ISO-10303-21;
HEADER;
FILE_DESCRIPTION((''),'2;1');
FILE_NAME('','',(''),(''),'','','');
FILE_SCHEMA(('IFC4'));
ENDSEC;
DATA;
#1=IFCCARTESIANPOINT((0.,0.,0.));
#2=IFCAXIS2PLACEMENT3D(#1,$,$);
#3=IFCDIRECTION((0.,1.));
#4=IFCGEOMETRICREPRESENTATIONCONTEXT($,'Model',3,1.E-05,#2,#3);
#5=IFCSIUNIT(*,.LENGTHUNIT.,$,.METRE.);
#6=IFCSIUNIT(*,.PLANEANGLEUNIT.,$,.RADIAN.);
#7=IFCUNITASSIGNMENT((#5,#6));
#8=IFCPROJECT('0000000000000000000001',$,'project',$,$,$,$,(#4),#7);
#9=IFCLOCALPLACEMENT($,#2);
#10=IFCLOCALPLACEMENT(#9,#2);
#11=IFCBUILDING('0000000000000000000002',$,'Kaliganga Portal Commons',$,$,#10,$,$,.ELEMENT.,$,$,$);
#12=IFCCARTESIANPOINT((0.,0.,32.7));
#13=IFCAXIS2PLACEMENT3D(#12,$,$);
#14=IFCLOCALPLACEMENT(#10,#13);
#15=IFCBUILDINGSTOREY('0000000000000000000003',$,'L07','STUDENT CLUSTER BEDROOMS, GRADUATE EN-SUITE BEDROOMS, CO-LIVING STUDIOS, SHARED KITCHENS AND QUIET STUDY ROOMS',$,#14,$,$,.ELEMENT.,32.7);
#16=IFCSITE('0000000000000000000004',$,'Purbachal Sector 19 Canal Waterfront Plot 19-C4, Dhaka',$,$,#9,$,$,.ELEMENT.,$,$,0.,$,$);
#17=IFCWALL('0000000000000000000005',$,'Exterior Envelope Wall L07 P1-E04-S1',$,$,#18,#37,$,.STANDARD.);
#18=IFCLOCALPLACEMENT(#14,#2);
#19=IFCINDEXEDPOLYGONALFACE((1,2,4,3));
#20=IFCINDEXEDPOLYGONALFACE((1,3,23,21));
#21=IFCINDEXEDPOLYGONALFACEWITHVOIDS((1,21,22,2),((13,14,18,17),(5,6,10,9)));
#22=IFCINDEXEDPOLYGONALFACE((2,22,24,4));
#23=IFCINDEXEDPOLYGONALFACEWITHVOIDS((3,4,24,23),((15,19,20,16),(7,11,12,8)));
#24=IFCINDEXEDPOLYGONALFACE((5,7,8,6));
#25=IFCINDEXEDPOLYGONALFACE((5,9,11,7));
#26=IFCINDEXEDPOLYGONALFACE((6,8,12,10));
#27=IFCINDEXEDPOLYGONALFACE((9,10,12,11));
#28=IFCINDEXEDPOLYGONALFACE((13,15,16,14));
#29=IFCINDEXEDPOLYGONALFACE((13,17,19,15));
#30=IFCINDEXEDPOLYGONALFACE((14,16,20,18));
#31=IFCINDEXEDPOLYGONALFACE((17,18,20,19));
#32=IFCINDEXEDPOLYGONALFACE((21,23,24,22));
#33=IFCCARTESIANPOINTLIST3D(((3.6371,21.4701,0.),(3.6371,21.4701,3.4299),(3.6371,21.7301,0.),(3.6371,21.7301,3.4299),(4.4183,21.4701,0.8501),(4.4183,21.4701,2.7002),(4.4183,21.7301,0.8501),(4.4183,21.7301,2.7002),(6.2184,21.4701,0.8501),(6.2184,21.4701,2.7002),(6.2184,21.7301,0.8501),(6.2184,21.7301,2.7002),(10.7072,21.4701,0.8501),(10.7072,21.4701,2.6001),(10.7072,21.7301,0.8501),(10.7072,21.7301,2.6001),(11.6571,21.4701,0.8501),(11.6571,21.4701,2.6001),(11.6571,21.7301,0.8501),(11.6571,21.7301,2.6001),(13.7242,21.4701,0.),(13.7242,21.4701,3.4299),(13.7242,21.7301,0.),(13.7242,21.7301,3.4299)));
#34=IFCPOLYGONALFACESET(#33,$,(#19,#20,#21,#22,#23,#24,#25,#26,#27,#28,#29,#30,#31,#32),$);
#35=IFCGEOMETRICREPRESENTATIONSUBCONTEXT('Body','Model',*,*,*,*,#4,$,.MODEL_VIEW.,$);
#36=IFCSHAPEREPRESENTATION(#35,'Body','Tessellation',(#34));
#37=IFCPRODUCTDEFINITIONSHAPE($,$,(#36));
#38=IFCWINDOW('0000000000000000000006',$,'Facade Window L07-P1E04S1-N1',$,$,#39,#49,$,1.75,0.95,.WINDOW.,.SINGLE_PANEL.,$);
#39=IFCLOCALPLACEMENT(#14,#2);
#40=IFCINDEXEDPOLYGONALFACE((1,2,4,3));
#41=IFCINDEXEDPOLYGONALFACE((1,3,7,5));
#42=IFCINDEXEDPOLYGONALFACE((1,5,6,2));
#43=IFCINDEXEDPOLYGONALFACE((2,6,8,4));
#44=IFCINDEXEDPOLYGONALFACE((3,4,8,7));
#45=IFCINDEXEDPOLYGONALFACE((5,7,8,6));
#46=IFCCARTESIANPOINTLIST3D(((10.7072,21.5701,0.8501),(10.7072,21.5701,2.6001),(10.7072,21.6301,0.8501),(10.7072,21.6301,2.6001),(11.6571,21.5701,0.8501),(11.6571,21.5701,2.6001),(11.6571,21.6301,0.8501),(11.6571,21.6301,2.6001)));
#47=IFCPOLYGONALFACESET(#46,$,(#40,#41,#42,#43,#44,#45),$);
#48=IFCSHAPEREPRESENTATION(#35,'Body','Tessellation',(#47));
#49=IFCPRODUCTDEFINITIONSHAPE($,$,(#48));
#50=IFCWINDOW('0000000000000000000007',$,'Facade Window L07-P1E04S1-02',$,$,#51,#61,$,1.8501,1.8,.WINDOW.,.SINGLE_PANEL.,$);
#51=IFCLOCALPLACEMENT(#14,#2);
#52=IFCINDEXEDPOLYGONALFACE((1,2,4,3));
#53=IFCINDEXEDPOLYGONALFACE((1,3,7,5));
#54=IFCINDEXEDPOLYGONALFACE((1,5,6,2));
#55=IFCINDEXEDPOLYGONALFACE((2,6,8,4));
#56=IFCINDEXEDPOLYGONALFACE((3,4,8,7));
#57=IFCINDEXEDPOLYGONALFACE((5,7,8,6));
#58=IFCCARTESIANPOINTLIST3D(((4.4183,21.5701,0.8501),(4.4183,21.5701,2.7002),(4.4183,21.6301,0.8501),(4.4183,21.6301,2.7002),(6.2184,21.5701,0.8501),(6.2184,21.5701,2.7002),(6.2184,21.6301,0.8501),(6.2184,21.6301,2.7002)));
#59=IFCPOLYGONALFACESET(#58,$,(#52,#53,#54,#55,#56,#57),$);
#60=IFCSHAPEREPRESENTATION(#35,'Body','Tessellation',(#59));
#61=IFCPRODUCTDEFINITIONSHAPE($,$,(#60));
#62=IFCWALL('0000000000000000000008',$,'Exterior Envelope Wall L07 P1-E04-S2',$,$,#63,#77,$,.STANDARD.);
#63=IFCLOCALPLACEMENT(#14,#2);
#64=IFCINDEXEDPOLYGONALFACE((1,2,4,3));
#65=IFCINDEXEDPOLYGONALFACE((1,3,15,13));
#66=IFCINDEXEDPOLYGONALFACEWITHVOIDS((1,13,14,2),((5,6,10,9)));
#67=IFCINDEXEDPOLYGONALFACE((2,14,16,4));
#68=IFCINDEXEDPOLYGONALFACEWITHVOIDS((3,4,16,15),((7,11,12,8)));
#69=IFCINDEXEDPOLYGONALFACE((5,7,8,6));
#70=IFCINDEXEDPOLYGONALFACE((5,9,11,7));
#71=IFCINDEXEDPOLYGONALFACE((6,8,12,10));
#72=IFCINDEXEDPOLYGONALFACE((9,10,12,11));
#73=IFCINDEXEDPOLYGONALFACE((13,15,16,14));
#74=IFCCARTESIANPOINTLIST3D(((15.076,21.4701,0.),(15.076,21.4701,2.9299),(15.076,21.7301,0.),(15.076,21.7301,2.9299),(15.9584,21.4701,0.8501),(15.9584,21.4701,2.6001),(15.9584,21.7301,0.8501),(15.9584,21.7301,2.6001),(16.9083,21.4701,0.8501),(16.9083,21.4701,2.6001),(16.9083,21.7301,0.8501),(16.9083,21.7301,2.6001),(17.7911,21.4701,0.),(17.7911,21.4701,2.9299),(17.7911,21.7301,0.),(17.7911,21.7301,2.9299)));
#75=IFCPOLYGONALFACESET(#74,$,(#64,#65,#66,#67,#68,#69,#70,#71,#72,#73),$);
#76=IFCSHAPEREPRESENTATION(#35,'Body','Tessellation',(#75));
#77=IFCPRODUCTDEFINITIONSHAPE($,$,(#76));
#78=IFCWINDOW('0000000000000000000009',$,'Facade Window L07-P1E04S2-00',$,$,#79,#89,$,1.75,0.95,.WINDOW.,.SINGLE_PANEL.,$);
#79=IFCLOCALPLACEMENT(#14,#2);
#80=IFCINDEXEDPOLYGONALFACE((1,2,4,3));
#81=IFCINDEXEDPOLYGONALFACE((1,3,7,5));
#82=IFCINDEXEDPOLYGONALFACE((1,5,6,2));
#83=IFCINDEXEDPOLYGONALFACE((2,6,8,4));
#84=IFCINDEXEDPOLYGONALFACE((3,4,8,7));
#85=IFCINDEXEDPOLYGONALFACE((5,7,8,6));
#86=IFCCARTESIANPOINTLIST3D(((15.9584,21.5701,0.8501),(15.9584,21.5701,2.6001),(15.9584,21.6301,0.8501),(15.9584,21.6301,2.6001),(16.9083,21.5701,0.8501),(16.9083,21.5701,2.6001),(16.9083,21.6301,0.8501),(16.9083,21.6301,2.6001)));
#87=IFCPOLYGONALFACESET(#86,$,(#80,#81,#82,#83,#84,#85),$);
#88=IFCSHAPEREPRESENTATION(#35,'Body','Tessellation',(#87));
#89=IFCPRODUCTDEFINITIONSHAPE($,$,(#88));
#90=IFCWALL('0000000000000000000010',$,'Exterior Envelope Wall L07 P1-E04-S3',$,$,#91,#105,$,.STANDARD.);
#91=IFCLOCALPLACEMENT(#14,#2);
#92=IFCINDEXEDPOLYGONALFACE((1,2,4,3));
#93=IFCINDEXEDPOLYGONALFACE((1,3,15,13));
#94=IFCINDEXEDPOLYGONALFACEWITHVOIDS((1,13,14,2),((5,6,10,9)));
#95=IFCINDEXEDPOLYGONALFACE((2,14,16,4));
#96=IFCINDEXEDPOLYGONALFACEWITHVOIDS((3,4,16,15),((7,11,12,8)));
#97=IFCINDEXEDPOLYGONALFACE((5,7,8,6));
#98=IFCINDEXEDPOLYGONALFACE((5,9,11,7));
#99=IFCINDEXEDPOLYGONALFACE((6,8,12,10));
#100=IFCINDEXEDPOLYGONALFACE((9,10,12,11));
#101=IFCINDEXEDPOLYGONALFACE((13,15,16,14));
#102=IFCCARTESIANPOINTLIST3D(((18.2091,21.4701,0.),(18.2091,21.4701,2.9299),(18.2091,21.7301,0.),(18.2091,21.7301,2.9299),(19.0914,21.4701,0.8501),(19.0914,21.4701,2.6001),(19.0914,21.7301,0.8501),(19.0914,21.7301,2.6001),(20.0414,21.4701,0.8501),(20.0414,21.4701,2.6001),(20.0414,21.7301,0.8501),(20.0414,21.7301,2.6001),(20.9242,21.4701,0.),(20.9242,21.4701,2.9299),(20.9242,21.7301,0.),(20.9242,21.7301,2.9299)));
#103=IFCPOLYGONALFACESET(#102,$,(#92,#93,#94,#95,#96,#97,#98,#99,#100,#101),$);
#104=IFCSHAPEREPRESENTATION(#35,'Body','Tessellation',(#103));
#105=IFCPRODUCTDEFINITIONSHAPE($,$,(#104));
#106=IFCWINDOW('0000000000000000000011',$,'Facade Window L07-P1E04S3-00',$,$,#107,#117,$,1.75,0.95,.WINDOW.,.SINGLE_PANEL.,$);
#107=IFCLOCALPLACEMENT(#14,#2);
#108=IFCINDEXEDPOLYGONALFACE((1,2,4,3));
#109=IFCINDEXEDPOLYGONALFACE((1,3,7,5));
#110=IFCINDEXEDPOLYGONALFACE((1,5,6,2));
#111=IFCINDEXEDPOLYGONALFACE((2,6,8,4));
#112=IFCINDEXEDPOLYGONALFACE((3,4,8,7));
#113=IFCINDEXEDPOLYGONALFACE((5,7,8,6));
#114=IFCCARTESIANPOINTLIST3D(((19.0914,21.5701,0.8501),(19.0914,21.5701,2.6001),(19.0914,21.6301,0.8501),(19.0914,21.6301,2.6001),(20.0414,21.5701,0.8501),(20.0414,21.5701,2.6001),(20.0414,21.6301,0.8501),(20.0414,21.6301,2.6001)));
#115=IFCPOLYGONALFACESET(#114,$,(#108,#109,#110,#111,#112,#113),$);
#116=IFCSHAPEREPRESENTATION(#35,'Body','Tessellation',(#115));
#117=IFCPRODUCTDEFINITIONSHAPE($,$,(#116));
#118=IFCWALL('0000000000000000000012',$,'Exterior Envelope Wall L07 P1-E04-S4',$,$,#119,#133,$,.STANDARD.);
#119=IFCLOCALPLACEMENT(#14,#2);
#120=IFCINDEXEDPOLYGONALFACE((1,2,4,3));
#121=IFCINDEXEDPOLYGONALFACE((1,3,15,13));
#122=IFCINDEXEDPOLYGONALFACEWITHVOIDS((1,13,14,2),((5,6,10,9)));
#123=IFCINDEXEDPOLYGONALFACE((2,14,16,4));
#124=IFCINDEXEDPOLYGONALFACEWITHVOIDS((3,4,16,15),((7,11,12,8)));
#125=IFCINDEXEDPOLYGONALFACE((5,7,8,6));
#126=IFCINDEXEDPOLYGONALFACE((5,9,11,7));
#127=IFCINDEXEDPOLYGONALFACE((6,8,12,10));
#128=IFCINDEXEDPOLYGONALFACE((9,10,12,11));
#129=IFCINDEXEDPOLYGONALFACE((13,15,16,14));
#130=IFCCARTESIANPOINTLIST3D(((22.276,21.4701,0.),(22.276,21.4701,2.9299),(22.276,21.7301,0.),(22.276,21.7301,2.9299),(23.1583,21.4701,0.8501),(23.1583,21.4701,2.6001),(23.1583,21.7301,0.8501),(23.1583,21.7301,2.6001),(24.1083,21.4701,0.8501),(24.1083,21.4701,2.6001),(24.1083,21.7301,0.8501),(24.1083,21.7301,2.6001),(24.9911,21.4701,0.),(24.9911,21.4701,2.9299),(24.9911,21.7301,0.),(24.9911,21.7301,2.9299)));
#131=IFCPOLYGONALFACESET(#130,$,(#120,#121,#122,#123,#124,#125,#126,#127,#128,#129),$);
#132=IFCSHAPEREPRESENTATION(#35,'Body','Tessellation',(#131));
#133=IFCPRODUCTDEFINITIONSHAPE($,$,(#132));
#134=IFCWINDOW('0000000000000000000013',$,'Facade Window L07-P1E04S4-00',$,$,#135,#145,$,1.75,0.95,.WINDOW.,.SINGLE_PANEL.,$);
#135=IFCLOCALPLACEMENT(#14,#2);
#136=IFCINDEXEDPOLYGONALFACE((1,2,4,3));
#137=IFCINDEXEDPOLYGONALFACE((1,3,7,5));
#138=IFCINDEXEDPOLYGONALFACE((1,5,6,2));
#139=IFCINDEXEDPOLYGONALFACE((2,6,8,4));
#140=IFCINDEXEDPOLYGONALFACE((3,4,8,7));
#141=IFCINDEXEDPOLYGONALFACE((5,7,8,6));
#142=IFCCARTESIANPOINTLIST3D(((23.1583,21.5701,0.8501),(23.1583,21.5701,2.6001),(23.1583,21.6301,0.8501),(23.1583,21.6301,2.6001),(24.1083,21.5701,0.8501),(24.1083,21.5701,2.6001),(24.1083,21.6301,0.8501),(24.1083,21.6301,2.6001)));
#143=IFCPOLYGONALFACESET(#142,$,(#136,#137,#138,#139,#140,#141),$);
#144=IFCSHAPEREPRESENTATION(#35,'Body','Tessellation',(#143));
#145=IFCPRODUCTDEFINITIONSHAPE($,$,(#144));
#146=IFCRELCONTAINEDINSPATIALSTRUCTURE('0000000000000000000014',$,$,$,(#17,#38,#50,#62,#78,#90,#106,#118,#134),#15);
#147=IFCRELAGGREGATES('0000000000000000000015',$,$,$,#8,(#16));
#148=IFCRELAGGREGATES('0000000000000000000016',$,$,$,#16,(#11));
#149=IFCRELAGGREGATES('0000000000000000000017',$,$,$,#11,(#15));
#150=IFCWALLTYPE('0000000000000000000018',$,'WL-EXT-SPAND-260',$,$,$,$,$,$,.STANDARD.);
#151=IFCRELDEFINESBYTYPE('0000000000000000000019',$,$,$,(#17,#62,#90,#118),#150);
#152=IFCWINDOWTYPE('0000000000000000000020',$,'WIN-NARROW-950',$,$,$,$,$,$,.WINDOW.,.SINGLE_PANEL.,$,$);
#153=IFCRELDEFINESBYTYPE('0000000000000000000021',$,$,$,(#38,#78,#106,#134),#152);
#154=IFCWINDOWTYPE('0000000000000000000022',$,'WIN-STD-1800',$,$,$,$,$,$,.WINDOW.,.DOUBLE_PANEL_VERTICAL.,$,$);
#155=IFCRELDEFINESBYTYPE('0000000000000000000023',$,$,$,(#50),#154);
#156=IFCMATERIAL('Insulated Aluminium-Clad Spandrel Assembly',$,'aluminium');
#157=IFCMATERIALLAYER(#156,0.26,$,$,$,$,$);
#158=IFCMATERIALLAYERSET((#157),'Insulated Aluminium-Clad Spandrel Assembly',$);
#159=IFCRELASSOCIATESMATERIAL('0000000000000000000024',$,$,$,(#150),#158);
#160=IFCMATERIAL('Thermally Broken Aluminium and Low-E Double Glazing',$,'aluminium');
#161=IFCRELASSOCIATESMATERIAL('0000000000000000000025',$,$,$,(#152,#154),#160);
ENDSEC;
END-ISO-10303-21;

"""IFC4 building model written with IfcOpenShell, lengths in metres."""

from ifc_helpers import new_model, si_unit, direction, frame, frame_2d, origin, place, context, subcontext, project, spatial, rectangle, extrude, material, layer, layer_set, type_object, element, fill, save


model = new_model("IFC4")

# Units and contexts
model_context = context("Model", 3, precision=1e-05, world=origin(), true_north=direction((0.0, 1.0)))
body_context = subcontext(model_context, "Body", "Model", "MODEL_VIEW")
ifc_project = project(units=[si_unit("LENGTHUNIT", "METRE"), si_unit("PLANEANGLEUNIT", "RADIAN")], contexts=[model_context])

# Site, building, storey
site_placement = place(None, origin())
site = spatial("IfcSite", under=ifc_project, at=site_placement, Name="Purbachal Sector 19 Canal Waterfront Plot 19-C4, Dhaka", CompositionType="ELEMENT", RefElevation=0.0)
building_placement = place(site_placement, origin())
building = spatial("IfcBuilding", under=site, at=building_placement, Name="Kaliganga Portal Commons", CompositionType="ELEMENT")
storey_placement = place(building_placement, frame((0.0, 0.0, 32.7)))
storey = spatial("IfcBuildingStorey", under=building, at=storey_placement, Name="L07", Description="STUDENT CLUSTER BEDROOMS, GRADUATE EN-SUITE BEDROOMS, CO-LIVING STUDIOS, SHARED KITCHENS AND QUIET STUDY ROOMS", CompositionType="ELEMENT", Elevation=32.7)

# Wall, openings, windows
ifc_material_1 = material(Name="Insulated Aluminium-Clad Spandrel Assembly", Category="aluminium")
ifc_layer_1 = layer(ifc_material_1, 0.26)
ifc_layer_set_1 = layer_set([ifc_layer_1], Name="Insulated Aluminium-Clad Spandrel Assembly")
wall_type_1 = type_object("IfcWallType", Name="WL-EXT-SPAND-260", PredefinedType="STANDARD", material=ifc_layer_set_1)
wall_1_placement = place(storey_placement, frame((13.7241, 21.6001, 0.0), z_axis=(0.0, 0.0, 1.0), x_axis=(-1.0, 0.0, 0.0)))
wall_1 = element("IfcWall", 1, at=wall_1_placement, inside=storey, type_object=wall_type_1, Name="Exterior Envelope Wall L07 P1-E04-S1", PredefinedType="STANDARD", context=body_context, shape_type="SweptSolid", body=[
    extrude(rectangle(XDim=10.0872, YDim=0.26, at=frame_2d((5.0435, 0.0))), origin(), (0.0, 0.0, 1.0), 3.4299),
])
opening_1_placement = place(wall_1_placement, frame((7.5059, 0.0, 0.8501)))
opening_1 = element("IfcOpeningElement", 2, at=opening_1_placement, cuts=wall_1, PredefinedType="OPENING", context=body_context, shape_type="SweptSolid", body=[
    extrude(rectangle(XDim=1.8, YDim=1.8501, at=frame_2d((0.8999, 0.925))), frame((0.0, 0.1401, 0.0), z_axis=(0.0, -1.0, 0.0), x_axis=(1.0, 0.0, 0.0)), (0.0, 0.0, 1.0), 0.28),
])
opening_2_placement = place(wall_1_placement, frame((2.0669, 0.0, 0.8501)))
opening_2 = element("IfcOpeningElement", 3, at=opening_2_placement, cuts=wall_1, PredefinedType="OPENING", context=body_context, shape_type="SweptSolid", body=[
    extrude(rectangle(XDim=0.95, YDim=1.75, at=frame_2d((0.4751, 0.875))), frame((0.0, 0.1401, 0.0), z_axis=(0.0, -1.0, 0.0), x_axis=(1.0, 0.0, 0.0)), (0.0, 0.0, 1.0), 0.28),
])
ifc_material_2 = material(Name="Thermally Broken Aluminium and Low-E Double Glazing", Category="aluminium")
window_type_1 = type_object("IfcWindowType", Name="WIN-NARROW-950", PartitioningType="SINGLE_PANEL", PredefinedType="WINDOW", material=ifc_material_2)
window_1_placement = place(opening_2_placement, origin())
window_1 = element("IfcWindow", 4, at=window_1_placement, inside=storey, type_object=window_type_1, Name="Facade Window L07-P1E04S1-N1", OverallHeight=1.75, OverallWidth=0.95, PartitioningType="SINGLE_PANEL", PredefinedType="WINDOW", context=body_context, shape_type="SweptSolid", body=[
    extrude(rectangle(XDim=0.95, YDim=1.75, at=frame_2d((0.4751, 0.875))), frame((0.0, 0.03, 0.0), z_axis=(0.0, -1.0, 0.0), x_axis=(1.0, 0.0, 0.0)), (0.0, 0.0, 1.0), 0.0601),
])
fill(opening_2, window_1)
window_type_2 = type_object("IfcWindowType", Name="WIN-STD-1800", PartitioningType="DOUBLE_PANEL_VERTICAL", PredefinedType="WINDOW", material=ifc_material_2)
window_2_placement = place(opening_1_placement, origin())
window_2 = element("IfcWindow", 5, at=window_2_placement, inside=storey, type_object=window_type_2, Name="Facade Window L07-P1E04S1-02", OverallHeight=1.8501, OverallWidth=1.8, PartitioningType="SINGLE_PANEL", PredefinedType="WINDOW", context=body_context, shape_type="SweptSolid", body=[
    extrude(rectangle(XDim=1.8, YDim=1.8501, at=frame_2d((0.8999, 0.925))), frame((0.0, 0.03, 0.0), z_axis=(0.0, -1.0, 0.0), x_axis=(1.0, 0.0, 0.0)), (0.0, 0.0, 1.0), 0.0601),
])
fill(opening_1, window_2)

# Walls, openings, windows
wall_2_placement = place(storey_placement, frame((17.791, 21.6001, 0.0), z_axis=(0.0, 0.0, 1.0), x_axis=(-1.0, 0.0, 0.0)))
wall_2 = element("IfcWall", 6, at=wall_2_placement, inside=storey, type_object=wall_type_1, Name="Exterior Envelope Wall L07 P1-E04-S2", PredefinedType="STANDARD", context=body_context, shape_type="SweptSolid", body=[
    extrude(rectangle(XDim=2.7151, YDim=0.26, at=frame_2d((1.3574, 0.0))), origin(), (0.0, 0.0, 1.0), 2.9299),
])
opening_3_placement = place(wall_2_placement, frame((0.8826, 0.0, 0.8501)))
opening_3 = element("IfcOpeningElement", 7, at=opening_3_placement, cuts=wall_2, PredefinedType="OPENING", context=body_context, shape_type="SweptSolid", body=[
    extrude(rectangle(XDim=0.95, YDim=1.75, at=frame_2d((0.4751, 0.875))), frame((0.0, 0.1401, 0.0), z_axis=(0.0, -1.0, 0.0), x_axis=(1.0, 0.0, 0.0)), (0.0, 0.0, 1.0), 0.28),
])
window_3_placement = place(opening_3_placement, origin())
window_3 = element("IfcWindow", 8, at=window_3_placement, inside=storey, type_object=window_type_1, Name="Facade Window L07-P1E04S2-00", OverallHeight=1.75, OverallWidth=0.95, PartitioningType="SINGLE_PANEL", PredefinedType="WINDOW", context=body_context, shape_type="SweptSolid", body=[
    extrude(rectangle(XDim=0.95, YDim=1.75, at=frame_2d((0.4751, 0.875))), frame((0.0, 0.03, 0.0), z_axis=(0.0, -1.0, 0.0), x_axis=(1.0, 0.0, 0.0)), (0.0, 0.0, 1.0), 0.0601),
])
fill(opening_3, window_3)
wall_3_placement = place(storey_placement, frame((20.9241, 21.6001, 0.0), z_axis=(0.0, 0.0, 1.0), x_axis=(-1.0, 0.0, 0.0)))
wall_3 = element("IfcWall", 9, at=wall_3_placement, inside=storey, type_object=wall_type_1, Name="Exterior Envelope Wall L07 P1-E04-S3", PredefinedType="STANDARD", context=body_context, shape_type="SweptSolid", body=[
    extrude(rectangle(XDim=2.7151, YDim=0.26, at=frame_2d((1.3574, 0.0))), origin(), (0.0, 0.0, 1.0), 2.9299),
])
opening_4_placement = place(wall_3_placement, frame((0.8826, 0.0, 0.8501)))
opening_4 = element("IfcOpeningElement", 10, at=opening_4_placement, cuts=wall_3, PredefinedType="OPENING", context=body_context, shape_type="SweptSolid", body=[
    extrude(rectangle(XDim=0.95, YDim=1.75, at=frame_2d((0.4751, 0.875))), frame((0.0, 0.1401, 0.0), z_axis=(0.0, -1.0, 0.0), x_axis=(1.0, 0.0, 0.0)), (0.0, 0.0, 1.0), 0.28),
])
window_4_placement = place(opening_4_placement, origin())
window_4 = element("IfcWindow", 11, at=window_4_placement, inside=storey, type_object=window_type_1, Name="Facade Window L07-P1E04S3-00", OverallHeight=1.75, OverallWidth=0.95, PartitioningType="SINGLE_PANEL", PredefinedType="WINDOW", context=body_context, shape_type="SweptSolid", body=[
    extrude(rectangle(XDim=0.95, YDim=1.75, at=frame_2d((0.4751, 0.875))), frame((0.0, 0.03, 0.0), z_axis=(0.0, -1.0, 0.0), x_axis=(1.0, 0.0, 0.0)), (0.0, 0.0, 1.0), 0.0601),
])
fill(opening_4, window_4)
wall_4_placement = place(storey_placement, frame((24.991, 21.6001, 0.0), z_axis=(0.0, 0.0, 1.0), x_axis=(-1.0, 0.0, 0.0)))
wall_4 = element("IfcWall", 12, at=wall_4_placement, inside=storey, type_object=wall_type_1, Name="Exterior Envelope Wall L07 P1-E04-S4", PredefinedType="STANDARD", context=body_context, shape_type="SweptSolid", body=[
    extrude(rectangle(XDim=2.7151, YDim=0.26, at=frame_2d((1.3574, 0.0))), origin(), (0.0, 0.0, 1.0), 2.9299),
])
opening_5_placement = place(wall_4_placement, frame((0.8826, 0.0, 0.8501)))
opening_5 = element("IfcOpeningElement", 13, at=opening_5_placement, cuts=wall_4, PredefinedType="OPENING", context=body_context, shape_type="SweptSolid", body=[
    extrude(rectangle(XDim=0.95, YDim=1.75, at=frame_2d((0.4751, 0.875))), frame((0.0, 0.1401, 0.0), z_axis=(0.0, -1.0, 0.0), x_axis=(1.0, 0.0, 0.0)), (0.0, 0.0, 1.0), 0.28),
])
window_5_placement = place(opening_5_placement, origin())
window_5 = element("IfcWindow", 14, at=window_5_placement, inside=storey, type_object=window_type_1, Name="Facade Window L07-P1E04S4-00", OverallHeight=1.75, OverallWidth=0.95, PartitioningType="SINGLE_PANEL", PredefinedType="WINDOW", context=body_context, shape_type="SweptSolid", body=[
    extrude(rectangle(XDim=0.95, YDim=1.75, at=frame_2d((0.4751, 0.875))), frame((0.0, 0.03, 0.0), z_axis=(0.0, -1.0, 0.0), x_axis=(1.0, 0.0, 0.0)), (0.0, 0.0, 1.0), 0.0601),
])
fill(opening_5, window_5)

save(model, "model.ifc")
